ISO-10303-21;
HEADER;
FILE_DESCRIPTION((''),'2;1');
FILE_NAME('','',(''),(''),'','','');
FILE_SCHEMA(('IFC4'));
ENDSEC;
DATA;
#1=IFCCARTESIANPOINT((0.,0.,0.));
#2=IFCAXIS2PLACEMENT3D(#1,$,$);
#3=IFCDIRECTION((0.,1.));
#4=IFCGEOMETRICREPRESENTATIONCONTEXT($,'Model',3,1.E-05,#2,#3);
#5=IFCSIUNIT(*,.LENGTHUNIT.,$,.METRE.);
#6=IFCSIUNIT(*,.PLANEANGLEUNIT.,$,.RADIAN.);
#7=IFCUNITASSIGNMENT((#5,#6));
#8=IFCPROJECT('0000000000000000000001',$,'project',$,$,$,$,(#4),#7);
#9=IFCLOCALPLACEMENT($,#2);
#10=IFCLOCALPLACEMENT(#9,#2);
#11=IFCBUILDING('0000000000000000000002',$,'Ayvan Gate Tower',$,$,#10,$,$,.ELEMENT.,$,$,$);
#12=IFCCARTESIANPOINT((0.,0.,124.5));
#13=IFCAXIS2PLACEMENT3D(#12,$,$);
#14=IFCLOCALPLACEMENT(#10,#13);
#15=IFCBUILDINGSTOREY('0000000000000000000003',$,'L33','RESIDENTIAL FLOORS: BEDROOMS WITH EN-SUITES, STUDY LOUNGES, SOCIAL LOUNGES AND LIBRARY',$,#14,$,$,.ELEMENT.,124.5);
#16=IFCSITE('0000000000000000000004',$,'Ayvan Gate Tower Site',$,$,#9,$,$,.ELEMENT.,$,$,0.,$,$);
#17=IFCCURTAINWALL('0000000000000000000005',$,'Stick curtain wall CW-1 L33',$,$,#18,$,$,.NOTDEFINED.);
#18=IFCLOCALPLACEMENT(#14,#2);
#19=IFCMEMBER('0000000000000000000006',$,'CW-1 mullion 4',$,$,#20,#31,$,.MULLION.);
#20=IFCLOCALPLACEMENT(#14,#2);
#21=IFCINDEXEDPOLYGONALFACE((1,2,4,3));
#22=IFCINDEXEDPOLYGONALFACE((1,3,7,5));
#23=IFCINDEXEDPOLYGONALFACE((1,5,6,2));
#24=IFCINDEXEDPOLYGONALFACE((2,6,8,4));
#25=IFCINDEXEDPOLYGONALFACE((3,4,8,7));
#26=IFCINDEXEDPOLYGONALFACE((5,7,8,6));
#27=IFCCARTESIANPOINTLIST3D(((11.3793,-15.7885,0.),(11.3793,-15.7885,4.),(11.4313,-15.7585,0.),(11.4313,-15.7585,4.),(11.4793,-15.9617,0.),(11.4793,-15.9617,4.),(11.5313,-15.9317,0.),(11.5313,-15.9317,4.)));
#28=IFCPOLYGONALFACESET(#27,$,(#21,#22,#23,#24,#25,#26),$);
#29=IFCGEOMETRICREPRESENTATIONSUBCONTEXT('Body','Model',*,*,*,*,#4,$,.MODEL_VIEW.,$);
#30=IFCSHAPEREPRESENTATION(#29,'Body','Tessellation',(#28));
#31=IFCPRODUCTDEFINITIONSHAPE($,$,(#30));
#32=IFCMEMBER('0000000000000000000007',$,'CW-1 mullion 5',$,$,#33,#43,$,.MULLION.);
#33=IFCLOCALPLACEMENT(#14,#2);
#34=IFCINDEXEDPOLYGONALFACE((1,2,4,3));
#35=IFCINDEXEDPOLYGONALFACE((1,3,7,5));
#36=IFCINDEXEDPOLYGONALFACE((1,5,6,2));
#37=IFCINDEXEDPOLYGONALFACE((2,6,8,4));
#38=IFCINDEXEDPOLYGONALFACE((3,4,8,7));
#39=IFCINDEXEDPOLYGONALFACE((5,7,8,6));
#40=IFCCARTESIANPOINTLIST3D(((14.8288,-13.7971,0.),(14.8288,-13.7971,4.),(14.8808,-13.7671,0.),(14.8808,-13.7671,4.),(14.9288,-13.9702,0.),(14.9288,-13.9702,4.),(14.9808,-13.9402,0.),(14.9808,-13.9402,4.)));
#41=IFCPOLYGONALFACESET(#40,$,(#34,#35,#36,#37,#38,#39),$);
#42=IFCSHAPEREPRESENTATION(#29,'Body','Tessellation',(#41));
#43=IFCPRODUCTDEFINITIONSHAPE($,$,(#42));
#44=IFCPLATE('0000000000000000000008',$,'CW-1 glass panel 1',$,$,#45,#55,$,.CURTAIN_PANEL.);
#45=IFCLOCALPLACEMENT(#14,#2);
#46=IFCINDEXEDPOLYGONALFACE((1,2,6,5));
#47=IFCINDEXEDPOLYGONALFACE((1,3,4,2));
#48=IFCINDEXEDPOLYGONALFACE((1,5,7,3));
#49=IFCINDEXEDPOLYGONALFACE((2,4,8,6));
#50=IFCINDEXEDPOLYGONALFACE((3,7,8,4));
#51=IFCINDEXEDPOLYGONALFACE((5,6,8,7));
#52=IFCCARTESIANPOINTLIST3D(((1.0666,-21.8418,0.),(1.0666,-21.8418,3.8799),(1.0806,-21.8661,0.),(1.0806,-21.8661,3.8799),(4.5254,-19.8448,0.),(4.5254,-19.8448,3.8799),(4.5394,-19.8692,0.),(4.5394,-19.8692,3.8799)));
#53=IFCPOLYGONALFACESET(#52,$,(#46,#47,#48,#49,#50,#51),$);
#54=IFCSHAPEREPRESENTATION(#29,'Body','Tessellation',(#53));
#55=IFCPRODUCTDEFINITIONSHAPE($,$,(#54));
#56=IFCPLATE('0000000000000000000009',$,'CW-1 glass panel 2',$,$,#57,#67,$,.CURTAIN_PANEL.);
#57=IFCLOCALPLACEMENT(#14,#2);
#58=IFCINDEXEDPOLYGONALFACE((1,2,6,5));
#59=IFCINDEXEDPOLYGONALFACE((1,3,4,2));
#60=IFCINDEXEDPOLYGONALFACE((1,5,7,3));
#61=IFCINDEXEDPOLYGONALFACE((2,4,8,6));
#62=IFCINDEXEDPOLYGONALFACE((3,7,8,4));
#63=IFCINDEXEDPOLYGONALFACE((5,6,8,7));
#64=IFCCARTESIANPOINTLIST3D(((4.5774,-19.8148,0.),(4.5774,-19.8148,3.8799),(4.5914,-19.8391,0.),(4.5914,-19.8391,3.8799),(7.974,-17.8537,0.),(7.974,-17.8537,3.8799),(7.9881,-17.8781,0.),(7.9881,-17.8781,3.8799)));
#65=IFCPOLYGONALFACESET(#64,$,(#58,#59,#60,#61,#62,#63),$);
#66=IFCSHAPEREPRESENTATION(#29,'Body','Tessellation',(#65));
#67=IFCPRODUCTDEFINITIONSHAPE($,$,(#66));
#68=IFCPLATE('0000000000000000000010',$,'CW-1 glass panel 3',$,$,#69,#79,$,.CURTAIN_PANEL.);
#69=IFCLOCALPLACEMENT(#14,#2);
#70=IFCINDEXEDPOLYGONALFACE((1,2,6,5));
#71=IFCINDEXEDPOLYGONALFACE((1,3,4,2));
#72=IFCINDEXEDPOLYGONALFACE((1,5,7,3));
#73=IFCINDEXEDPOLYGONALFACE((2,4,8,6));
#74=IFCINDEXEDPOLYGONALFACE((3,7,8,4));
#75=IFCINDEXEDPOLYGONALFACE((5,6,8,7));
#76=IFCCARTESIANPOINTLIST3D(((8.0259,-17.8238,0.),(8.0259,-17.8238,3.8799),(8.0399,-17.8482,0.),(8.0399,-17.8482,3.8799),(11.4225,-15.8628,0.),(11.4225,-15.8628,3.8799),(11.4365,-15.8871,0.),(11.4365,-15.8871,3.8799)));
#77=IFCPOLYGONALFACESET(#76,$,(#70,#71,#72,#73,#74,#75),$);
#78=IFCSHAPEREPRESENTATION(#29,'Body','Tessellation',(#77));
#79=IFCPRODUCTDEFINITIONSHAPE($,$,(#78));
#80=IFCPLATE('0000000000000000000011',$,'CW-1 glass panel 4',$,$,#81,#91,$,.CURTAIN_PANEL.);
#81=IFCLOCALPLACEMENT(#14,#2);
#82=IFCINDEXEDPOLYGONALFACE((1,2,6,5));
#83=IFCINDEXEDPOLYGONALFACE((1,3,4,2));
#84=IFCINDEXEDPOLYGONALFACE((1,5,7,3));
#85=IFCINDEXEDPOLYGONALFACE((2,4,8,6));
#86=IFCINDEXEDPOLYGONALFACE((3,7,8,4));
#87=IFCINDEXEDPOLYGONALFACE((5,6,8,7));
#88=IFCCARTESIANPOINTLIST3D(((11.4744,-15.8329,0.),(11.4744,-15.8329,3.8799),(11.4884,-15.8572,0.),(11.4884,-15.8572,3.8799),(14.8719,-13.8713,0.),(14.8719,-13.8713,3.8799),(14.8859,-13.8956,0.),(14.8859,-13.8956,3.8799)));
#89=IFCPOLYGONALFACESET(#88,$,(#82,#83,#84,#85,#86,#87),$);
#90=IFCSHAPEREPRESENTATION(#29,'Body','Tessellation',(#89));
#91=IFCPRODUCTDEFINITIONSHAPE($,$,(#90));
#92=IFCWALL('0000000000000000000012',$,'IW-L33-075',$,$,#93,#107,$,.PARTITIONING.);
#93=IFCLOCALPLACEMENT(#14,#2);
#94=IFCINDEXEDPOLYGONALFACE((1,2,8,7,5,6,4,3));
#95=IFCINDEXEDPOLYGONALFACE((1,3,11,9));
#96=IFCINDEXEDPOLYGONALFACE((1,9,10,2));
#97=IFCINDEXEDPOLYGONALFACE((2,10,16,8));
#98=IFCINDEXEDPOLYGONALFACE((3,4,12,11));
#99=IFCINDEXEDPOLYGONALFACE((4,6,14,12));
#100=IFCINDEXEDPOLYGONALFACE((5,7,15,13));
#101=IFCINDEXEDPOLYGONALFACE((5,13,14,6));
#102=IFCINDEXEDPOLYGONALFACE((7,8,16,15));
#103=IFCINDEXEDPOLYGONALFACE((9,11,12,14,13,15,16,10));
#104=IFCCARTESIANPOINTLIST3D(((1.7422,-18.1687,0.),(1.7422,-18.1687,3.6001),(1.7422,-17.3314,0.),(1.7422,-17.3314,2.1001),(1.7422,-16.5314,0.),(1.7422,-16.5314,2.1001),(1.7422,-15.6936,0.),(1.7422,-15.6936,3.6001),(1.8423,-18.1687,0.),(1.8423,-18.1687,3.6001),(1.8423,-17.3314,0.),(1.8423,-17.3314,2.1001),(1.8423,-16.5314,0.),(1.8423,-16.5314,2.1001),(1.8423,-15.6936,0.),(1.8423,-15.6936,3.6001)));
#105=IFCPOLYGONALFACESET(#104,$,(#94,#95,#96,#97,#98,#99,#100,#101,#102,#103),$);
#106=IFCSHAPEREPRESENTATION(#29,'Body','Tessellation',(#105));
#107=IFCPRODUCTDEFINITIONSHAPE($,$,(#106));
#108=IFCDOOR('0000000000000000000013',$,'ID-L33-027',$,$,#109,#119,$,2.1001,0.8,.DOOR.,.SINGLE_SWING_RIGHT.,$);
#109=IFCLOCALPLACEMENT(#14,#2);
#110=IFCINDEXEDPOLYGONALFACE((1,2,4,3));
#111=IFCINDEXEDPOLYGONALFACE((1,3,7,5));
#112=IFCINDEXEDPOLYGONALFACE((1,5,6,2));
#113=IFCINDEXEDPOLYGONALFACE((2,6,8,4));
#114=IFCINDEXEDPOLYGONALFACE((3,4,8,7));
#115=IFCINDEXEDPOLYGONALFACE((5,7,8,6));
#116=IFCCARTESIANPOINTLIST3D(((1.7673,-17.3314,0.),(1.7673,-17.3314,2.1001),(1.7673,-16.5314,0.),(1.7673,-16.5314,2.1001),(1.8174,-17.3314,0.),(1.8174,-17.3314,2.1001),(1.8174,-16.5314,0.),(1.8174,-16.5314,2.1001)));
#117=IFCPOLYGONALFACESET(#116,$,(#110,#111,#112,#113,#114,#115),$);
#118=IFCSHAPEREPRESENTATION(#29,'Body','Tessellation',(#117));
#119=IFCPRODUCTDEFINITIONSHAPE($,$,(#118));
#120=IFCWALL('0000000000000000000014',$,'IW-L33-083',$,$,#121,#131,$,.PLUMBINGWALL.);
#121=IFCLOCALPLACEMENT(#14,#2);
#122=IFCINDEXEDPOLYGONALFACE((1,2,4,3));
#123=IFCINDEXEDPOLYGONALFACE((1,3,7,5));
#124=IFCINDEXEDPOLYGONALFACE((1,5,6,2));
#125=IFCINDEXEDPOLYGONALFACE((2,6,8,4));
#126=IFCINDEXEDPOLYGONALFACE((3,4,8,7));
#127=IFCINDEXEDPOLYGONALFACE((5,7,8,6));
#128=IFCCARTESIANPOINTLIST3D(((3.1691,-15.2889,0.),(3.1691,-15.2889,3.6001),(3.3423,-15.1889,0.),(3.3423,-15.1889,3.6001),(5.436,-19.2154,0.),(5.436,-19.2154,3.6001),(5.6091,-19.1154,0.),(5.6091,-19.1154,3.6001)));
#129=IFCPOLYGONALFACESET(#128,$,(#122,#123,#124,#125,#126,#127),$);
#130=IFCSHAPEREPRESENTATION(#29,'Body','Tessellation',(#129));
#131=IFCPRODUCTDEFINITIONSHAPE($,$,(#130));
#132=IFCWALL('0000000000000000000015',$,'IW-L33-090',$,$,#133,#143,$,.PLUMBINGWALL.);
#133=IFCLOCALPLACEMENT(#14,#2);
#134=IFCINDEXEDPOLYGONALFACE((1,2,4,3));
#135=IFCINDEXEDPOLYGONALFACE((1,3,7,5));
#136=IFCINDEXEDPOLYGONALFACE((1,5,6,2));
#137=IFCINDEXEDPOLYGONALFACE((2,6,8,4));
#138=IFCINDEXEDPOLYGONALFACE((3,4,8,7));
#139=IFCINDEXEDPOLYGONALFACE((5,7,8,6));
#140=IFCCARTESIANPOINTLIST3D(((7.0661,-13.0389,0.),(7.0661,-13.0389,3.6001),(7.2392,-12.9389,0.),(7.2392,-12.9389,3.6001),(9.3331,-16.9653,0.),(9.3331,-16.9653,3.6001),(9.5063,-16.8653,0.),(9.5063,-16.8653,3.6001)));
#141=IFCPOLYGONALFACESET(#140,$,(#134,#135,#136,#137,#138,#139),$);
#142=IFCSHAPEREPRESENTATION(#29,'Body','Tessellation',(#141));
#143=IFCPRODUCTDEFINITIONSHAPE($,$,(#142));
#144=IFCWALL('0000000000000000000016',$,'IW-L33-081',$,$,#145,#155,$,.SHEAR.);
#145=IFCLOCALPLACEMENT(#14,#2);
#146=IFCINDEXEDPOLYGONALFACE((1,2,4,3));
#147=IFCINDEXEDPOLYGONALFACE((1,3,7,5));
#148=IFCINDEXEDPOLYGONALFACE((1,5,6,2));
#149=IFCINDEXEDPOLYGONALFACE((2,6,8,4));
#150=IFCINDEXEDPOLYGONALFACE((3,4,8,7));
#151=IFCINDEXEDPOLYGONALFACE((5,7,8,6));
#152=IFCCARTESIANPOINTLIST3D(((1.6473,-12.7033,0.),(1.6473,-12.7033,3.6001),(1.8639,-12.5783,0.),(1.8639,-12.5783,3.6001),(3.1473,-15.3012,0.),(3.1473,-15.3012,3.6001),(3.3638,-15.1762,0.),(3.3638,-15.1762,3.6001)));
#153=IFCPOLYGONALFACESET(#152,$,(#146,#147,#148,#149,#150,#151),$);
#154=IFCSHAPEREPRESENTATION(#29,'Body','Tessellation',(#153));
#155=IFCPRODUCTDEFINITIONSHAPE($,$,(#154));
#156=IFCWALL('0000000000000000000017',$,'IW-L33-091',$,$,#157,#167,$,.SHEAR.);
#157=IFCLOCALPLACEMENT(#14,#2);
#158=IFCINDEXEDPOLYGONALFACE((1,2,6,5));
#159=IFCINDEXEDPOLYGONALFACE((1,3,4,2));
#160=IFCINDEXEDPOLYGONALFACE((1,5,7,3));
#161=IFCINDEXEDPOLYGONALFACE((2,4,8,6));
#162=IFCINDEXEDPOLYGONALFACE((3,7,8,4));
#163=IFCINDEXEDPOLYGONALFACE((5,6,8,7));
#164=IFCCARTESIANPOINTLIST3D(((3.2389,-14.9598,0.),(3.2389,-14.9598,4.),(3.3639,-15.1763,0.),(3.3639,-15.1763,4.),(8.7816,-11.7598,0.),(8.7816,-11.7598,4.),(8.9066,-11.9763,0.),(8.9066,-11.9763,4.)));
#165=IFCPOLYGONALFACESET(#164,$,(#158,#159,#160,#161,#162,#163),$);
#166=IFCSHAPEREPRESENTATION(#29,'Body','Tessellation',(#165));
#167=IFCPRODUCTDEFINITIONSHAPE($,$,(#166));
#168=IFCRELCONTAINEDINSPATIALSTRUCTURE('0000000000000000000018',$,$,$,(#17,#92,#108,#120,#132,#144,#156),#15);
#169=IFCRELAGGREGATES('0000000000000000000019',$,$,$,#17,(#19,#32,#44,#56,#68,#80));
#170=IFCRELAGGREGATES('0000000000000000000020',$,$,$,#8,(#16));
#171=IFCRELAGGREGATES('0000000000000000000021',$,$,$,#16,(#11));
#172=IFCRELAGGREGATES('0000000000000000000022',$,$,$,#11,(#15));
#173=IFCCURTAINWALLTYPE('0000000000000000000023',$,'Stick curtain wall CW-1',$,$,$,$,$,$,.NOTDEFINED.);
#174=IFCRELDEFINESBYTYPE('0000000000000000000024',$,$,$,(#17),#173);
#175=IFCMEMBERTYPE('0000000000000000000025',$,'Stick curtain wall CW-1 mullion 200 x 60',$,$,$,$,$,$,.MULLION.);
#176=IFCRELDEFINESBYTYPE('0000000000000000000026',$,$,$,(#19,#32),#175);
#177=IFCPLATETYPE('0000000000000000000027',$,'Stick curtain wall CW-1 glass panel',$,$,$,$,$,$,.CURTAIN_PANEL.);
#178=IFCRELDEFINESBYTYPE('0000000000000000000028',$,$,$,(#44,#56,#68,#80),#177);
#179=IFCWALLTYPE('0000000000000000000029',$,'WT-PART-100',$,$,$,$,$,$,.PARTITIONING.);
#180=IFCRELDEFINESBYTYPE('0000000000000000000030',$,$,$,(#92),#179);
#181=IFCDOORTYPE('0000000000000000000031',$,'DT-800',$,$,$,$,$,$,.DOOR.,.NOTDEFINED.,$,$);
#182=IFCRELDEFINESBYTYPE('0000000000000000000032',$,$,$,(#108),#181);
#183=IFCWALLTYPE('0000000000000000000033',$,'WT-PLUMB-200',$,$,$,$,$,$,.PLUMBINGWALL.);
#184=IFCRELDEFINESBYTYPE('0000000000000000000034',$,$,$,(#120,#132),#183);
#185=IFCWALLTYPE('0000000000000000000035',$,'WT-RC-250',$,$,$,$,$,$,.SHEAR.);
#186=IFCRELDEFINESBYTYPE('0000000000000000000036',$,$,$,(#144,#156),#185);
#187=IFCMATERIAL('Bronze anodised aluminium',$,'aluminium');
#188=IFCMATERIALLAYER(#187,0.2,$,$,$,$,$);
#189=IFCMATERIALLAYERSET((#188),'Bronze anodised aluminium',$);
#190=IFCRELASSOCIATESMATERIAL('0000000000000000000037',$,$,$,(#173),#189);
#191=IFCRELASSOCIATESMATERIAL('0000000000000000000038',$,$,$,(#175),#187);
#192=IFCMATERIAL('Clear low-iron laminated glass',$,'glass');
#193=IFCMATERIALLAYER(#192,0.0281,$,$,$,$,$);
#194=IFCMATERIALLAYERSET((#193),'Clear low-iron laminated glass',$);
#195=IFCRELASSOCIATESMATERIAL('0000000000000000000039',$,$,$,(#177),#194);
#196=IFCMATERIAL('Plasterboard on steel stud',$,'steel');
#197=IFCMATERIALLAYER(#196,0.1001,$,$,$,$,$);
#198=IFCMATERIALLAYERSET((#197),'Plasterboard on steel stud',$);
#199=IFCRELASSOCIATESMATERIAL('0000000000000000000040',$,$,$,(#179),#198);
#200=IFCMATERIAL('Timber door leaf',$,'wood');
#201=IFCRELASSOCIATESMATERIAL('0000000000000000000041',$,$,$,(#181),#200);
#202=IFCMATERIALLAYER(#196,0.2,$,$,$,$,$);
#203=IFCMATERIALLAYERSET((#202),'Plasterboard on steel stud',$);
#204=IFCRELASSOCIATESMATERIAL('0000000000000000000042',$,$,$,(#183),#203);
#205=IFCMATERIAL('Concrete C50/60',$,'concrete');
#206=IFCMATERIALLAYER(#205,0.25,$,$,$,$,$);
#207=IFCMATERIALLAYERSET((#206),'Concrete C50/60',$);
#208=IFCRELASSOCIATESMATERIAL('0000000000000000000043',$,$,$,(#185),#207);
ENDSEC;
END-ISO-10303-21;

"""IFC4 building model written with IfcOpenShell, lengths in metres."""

from ifc_helpers import new_model, si_unit, direction, frame, frame_2d, origin, origin_2d, place, context, subcontext, project, spatial, rectangle, extrude, material, layer, layer_set, material_profile, profile_set, type_object, element, fill, aggregate, save


model = new_model("IFC4")

# Units and contexts
model_context = context("Model", 3, precision=1e-05, world=origin(), true_north=direction((0.0, 1.0)))
body_context = subcontext(model_context, "Body", "Model", "MODEL_VIEW")
ifc_project = project(units=[si_unit("LENGTHUNIT", "METRE"), si_unit("PLANEANGLEUNIT", "RADIAN")], contexts=[model_context])

# Site, building, storey
site_placement = place(None, origin())
site = spatial("IfcSite", under=ifc_project, at=site_placement, Name="Ayvan Gate Tower Site", CompositionType="ELEMENT", RefElevation=0.0)
building_placement = place(site_placement, origin())
building = spatial("IfcBuilding", under=site, at=building_placement, Name="Ayvan Gate Tower", CompositionType="ELEMENT")
storey_placement = place(building_placement, frame((0.0, 0.0, 124.5)))
storey = spatial("IfcBuildingStorey", under=building, at=storey_placement, Name="L33", Description="RESIDENTIAL FLOORS: BEDROOMS WITH EN-SUITES, STUDY LOUNGES, SOCIAL LOUNGES AND LIBRARY", CompositionType="ELEMENT", Elevation=124.5)

# Curtain wall, members, plates
ifc_material_1 = material(Name="Bronze anodised aluminium", Category="aluminium")
ifc_layer_1 = layer(ifc_material_1, 0.2)
ifc_layer_set_1 = layer_set([ifc_layer_1], Name="Bronze anodised aluminium")
curtain_wall_type = type_object("IfcCurtainWallType", Name="Stick curtain wall CW-1", PredefinedType="NOTDEFINED", material=ifc_layer_set_1)
curtain_wall_placement = place(storey_placement, origin())
curtain_wall = element("IfcCurtainWall", 1, at=curtain_wall_placement, inside=storey, type_object=curtain_wall_type, Name="Stick curtain wall CW-1 L33", PredefinedType="NOTDEFINED")
ifc_material_profile_1 = material_profile(ifc_material_1, rectangle(XDim=0.2, YDim=0.0601, at=origin_2d()), Name="Stick curtain wall CW-1 mullion 200 x 60")
ifc_profile_set_1 = profile_set([ifc_material_profile_1], Name="Bronze anodised aluminium")
member_type_1 = type_object("IfcMemberType", Name="Stick curtain wall CW-1 mullion 200 x 60", PredefinedType="MULLION", material=ifc_profile_set_1)
member_1_placement = place(storey_placement, frame((11.4553, -15.8601, 0.0), z_axis=(0.0, 0.0, 1.0), x_axis=(0.5, -0.866025, 0.0)))
member_1 = element("IfcMember", 2, at=member_1_placement, type_object=member_type_1, Name="CW-1 mullion 4", PredefinedType="MULLION", context=body_context, shape_type="SweptSolid", body=[
    extrude(rectangle(XDim=0.2, YDim=0.0601, at=origin_2d()), origin(), (0.0, 0.0, 1.0), 4.0),
])
member_2_placement = place(storey_placement, frame((14.9048, -13.8687, 0.0), z_axis=(0.0, 0.0, 1.0), x_axis=(0.5, -0.866025, 0.0)))
member_2 = element("IfcMember", 3, at=member_2_placement, type_object=member_type_1, Name="CW-1 mullion 5", PredefinedType="MULLION", context=body_context, shape_type="SweptSolid", body=[
    extrude(rectangle(XDim=0.2, YDim=0.0601, at=origin_2d()), origin(), (0.0, 0.0, 1.0), 4.0),
])
ifc_material_2 = material(Name="Clear low-iron laminated glass", Category="glass")
ifc_layer_2 = layer(ifc_material_2, 0.0281)
ifc_layer_set_2 = layer_set([ifc_layer_2], Name="Clear low-iron laminated glass")
plate_type = type_object("IfcPlateType", Name="Stick curtain wall CW-1 glass panel", PredefinedType="CURTAIN_PANEL", material=ifc_layer_set_2)
plate_1_placement = place(storey_placement, frame((2.803, -20.8555, 0.0), z_axis=(0.0, 0.0, 1.0), x_axis=(0.866025, 0.5, 0.0)))
plate_1 = element("IfcPlate", 4, at=plate_1_placement, type_object=plate_type, Name="CW-1 glass panel 1", PredefinedType="CURTAIN_PANEL", context=body_context, shape_type="SweptSolid", body=[
    extrude(rectangle(XDim=3.9939, YDim=0.0281, at=origin_2d()), origin(), (0.0, 0.0, 1.0), 3.8799),
])
plate_2_placement = place(storey_placement, frame((6.2827, -18.8464, 0.0), z_axis=(0.0, 0.0, 1.0), x_axis=(0.866025, 0.5, 0.0)))
plate_2 = element("IfcPlate", 5, at=plate_2_placement, type_object=plate_type, Name="CW-1 glass panel 2", PredefinedType="CURTAIN_PANEL", context=body_context, shape_type="SweptSolid", body=[
    extrude(rectangle(XDim=3.9221, YDim=0.0281, at=origin_2d()), origin(), (0.0, 0.0, 1.0), 3.8799),
])
plate_3_placement = place(storey_placement, frame((9.7312, -16.8555, 0.0), z_axis=(0.0, 0.0, 1.0), x_axis=(0.866025, 0.5, 0.0)))
plate_3 = element("IfcPlate", 6, at=plate_3_placement, type_object=plate_type, Name="CW-1 glass panel 3", PredefinedType="CURTAIN_PANEL", context=body_context, shape_type="SweptSolid", body=[
    extrude(rectangle(XDim=3.9221, YDim=0.0281, at=origin_2d()), origin(), (0.0, 0.0, 1.0), 3.8799),
])
plate_4_placement = place(storey_placement, frame((13.1802, -14.8643, 0.0), z_axis=(0.0, 0.0, 1.0), x_axis=(0.866025, 0.5, 0.0)))
plate_4 = element("IfcPlate", 7, at=plate_4_placement, type_object=plate_type, Name="CW-1 glass panel 4", PredefinedType="CURTAIN_PANEL", context=body_context, shape_type="SweptSolid", body=[
    extrude(rectangle(XDim=3.9231, YDim=0.0281, at=origin_2d()), origin(), (0.0, 0.0, 1.0), 3.8799),
])
aggregate(curtain_wall, [member_1, member_2, plate_1, plate_2, plate_3, plate_4])

# Wall, opening, door
ifc_material_3 = material(Name="Plasterboard on steel stud", Category="steel")
ifc_layer_3 = layer(ifc_material_3, 0.1001)
ifc_layer_set_3 = layer_set([ifc_layer_3], Name="Plasterboard on steel stud")
wall_type_1 = type_object("IfcWallType", Name="WT-PART-100", PredefinedType="PARTITIONING", material=ifc_layer_set_3)
wall_1_placement = place(storey_placement, frame((1.7922, -18.1687, 0.0), z_axis=(0.0, 0.0, 1.0), x_axis=(0.0, 1.0, 0.0)))
wall_1 = element("IfcWall", 8, at=wall_1_placement, inside=storey, type_object=wall_type_1, Name="IW-L33-075", PredefinedType="PARTITIONING", context=body_context, shape_type="SweptSolid", body=[
    extrude(rectangle(XDim=2.4751, YDim=0.1001, at=frame_2d((1.2375, 0.0))), origin(), (0.0, 0.0, 1.0), 3.6001),
])
opening_placement = place(wall_1_placement, frame((0.8374, 0.0, 0.0)))
opening = element("IfcOpeningElement", 9, at=opening_placement, cuts=wall_1, PredefinedType="OPENING", context=body_context, shape_type="SweptSolid", body=[
    extrude(rectangle(XDim=0.8, YDim=2.1001, at=frame_2d((0.3999, 1.05))), frame((0.0, 0.0601, 0.0), z_axis=(0.0, -1.0, 0.0), x_axis=(1.0, 0.0, 0.0)), (0.0, 0.0, 1.0), 0.1201),
])
ifc_material_4 = material(Name="Timber door leaf", Category="wood")
door_type = type_object("IfcDoorType", Name="DT-800", OperationType="NOTDEFINED", PredefinedType="DOOR", material=ifc_material_4)
door_placement = place(opening_placement, origin())
door = element("IfcDoor", 10, at=door_placement, inside=storey, type_object=door_type, Name="ID-L33-027", OperationType="SINGLE_SWING_RIGHT", OverallHeight=2.1001, OverallWidth=0.8, PredefinedType="DOOR", context=body_context, shape_type="SweptSolid", body=[
    extrude(rectangle(XDim=0.8, YDim=2.1001, at=frame_2d((0.3999, 1.05))), frame((0.0, 0.0249, 0.0), z_axis=(0.0, -1.0, 0.0), x_axis=(1.0, 0.0, 0.0)), (0.0, 0.0, 1.0), 0.05),
])
fill(opening, door)

# Walls
ifc_layer_4 = layer(ifc_material_3, 0.2)
ifc_layer_set_4 = layer_set([ifc_layer_4], Name="Plasterboard on steel stud")
wall_type_2 = type_object("IfcWallType", Name="WT-PLUMB-200", PredefinedType="PLUMBINGWALL", material=ifc_layer_set_4)
for number, where, z_axis, x_axis, name in (
    (11, (3.2556, -15.2388, 0.0), (0.0, 0.0, 1.0), (0.499979, -0.866038, 0.0), "IW-L33-083"),
    (12, (7.1526, -12.9888, 0.0), (0.0, 0.0, 1.0), (0.500019, -0.866014, 0.0), "IW-L33-090"),
):
    element("IfcWall", number, at=place(storey_placement, frame(where, z_axis=z_axis, x_axis=x_axis)), inside=storey, type_object=wall_type_2, Name=name, PredefinedType="PLUMBINGWALL", context=body_context, shape_type="SweptSolid", body=[
        extrude(rectangle(XDim=4.5339, YDim=0.2, at=frame_2d((2.2671, 0.0))), origin(), (0.0, 0.0, 1.0), 3.6001),
    ])
ifc_material_5 = material(Name="Concrete C50/60", Category="concrete")
ifc_layer_5 = layer(ifc_material_5, 0.25)
ifc_layer_set_5 = layer_set([ifc_layer_5], Name="Concrete C50/60")
wall_type_3 = type_object("IfcWallType", Name="WT-RC-250", PredefinedType="SHEAR", material=ifc_layer_set_5)
wall_2_placement = place(storey_placement, frame((3.2556, -15.2388, 0.0), z_axis=(0.0, 0.0, 1.0), x_axis=(-0.500025, 0.866011, 0.0)))
element("IfcWall", 13, at=wall_2_placement, inside=storey, type_object=wall_type_3, Name="IW-L33-081", PredefinedType="SHEAR", context=body_context, shape_type="SweptSolid", body=[
    extrude(rectangle(XDim=2.9998, YDim=0.25, at=frame_2d((1.5, 0.0))), origin(), (0.0, 0.0, 1.0), 3.6001),
])
wall_3_placement = place(storey_placement, frame((3.3013, -15.0681, 0.0), z_axis=(0.0, 0.0, 1.0), x_axis=(0.866035, 0.499983, 0.0)))
element("IfcWall", 14, at=wall_3_placement, inside=storey, type_object=wall_type_3, Name="IW-L33-091", PredefinedType="SHEAR", context=body_context, shape_type="SweptSolid", body=[
    extrude(rectangle(XDim=6.4001, YDim=0.25, at=frame_2d((3.2002, 0.0))), origin(), (0.0, 0.0, 1.0), 4.0),
])

save(model, "model.ifc")
